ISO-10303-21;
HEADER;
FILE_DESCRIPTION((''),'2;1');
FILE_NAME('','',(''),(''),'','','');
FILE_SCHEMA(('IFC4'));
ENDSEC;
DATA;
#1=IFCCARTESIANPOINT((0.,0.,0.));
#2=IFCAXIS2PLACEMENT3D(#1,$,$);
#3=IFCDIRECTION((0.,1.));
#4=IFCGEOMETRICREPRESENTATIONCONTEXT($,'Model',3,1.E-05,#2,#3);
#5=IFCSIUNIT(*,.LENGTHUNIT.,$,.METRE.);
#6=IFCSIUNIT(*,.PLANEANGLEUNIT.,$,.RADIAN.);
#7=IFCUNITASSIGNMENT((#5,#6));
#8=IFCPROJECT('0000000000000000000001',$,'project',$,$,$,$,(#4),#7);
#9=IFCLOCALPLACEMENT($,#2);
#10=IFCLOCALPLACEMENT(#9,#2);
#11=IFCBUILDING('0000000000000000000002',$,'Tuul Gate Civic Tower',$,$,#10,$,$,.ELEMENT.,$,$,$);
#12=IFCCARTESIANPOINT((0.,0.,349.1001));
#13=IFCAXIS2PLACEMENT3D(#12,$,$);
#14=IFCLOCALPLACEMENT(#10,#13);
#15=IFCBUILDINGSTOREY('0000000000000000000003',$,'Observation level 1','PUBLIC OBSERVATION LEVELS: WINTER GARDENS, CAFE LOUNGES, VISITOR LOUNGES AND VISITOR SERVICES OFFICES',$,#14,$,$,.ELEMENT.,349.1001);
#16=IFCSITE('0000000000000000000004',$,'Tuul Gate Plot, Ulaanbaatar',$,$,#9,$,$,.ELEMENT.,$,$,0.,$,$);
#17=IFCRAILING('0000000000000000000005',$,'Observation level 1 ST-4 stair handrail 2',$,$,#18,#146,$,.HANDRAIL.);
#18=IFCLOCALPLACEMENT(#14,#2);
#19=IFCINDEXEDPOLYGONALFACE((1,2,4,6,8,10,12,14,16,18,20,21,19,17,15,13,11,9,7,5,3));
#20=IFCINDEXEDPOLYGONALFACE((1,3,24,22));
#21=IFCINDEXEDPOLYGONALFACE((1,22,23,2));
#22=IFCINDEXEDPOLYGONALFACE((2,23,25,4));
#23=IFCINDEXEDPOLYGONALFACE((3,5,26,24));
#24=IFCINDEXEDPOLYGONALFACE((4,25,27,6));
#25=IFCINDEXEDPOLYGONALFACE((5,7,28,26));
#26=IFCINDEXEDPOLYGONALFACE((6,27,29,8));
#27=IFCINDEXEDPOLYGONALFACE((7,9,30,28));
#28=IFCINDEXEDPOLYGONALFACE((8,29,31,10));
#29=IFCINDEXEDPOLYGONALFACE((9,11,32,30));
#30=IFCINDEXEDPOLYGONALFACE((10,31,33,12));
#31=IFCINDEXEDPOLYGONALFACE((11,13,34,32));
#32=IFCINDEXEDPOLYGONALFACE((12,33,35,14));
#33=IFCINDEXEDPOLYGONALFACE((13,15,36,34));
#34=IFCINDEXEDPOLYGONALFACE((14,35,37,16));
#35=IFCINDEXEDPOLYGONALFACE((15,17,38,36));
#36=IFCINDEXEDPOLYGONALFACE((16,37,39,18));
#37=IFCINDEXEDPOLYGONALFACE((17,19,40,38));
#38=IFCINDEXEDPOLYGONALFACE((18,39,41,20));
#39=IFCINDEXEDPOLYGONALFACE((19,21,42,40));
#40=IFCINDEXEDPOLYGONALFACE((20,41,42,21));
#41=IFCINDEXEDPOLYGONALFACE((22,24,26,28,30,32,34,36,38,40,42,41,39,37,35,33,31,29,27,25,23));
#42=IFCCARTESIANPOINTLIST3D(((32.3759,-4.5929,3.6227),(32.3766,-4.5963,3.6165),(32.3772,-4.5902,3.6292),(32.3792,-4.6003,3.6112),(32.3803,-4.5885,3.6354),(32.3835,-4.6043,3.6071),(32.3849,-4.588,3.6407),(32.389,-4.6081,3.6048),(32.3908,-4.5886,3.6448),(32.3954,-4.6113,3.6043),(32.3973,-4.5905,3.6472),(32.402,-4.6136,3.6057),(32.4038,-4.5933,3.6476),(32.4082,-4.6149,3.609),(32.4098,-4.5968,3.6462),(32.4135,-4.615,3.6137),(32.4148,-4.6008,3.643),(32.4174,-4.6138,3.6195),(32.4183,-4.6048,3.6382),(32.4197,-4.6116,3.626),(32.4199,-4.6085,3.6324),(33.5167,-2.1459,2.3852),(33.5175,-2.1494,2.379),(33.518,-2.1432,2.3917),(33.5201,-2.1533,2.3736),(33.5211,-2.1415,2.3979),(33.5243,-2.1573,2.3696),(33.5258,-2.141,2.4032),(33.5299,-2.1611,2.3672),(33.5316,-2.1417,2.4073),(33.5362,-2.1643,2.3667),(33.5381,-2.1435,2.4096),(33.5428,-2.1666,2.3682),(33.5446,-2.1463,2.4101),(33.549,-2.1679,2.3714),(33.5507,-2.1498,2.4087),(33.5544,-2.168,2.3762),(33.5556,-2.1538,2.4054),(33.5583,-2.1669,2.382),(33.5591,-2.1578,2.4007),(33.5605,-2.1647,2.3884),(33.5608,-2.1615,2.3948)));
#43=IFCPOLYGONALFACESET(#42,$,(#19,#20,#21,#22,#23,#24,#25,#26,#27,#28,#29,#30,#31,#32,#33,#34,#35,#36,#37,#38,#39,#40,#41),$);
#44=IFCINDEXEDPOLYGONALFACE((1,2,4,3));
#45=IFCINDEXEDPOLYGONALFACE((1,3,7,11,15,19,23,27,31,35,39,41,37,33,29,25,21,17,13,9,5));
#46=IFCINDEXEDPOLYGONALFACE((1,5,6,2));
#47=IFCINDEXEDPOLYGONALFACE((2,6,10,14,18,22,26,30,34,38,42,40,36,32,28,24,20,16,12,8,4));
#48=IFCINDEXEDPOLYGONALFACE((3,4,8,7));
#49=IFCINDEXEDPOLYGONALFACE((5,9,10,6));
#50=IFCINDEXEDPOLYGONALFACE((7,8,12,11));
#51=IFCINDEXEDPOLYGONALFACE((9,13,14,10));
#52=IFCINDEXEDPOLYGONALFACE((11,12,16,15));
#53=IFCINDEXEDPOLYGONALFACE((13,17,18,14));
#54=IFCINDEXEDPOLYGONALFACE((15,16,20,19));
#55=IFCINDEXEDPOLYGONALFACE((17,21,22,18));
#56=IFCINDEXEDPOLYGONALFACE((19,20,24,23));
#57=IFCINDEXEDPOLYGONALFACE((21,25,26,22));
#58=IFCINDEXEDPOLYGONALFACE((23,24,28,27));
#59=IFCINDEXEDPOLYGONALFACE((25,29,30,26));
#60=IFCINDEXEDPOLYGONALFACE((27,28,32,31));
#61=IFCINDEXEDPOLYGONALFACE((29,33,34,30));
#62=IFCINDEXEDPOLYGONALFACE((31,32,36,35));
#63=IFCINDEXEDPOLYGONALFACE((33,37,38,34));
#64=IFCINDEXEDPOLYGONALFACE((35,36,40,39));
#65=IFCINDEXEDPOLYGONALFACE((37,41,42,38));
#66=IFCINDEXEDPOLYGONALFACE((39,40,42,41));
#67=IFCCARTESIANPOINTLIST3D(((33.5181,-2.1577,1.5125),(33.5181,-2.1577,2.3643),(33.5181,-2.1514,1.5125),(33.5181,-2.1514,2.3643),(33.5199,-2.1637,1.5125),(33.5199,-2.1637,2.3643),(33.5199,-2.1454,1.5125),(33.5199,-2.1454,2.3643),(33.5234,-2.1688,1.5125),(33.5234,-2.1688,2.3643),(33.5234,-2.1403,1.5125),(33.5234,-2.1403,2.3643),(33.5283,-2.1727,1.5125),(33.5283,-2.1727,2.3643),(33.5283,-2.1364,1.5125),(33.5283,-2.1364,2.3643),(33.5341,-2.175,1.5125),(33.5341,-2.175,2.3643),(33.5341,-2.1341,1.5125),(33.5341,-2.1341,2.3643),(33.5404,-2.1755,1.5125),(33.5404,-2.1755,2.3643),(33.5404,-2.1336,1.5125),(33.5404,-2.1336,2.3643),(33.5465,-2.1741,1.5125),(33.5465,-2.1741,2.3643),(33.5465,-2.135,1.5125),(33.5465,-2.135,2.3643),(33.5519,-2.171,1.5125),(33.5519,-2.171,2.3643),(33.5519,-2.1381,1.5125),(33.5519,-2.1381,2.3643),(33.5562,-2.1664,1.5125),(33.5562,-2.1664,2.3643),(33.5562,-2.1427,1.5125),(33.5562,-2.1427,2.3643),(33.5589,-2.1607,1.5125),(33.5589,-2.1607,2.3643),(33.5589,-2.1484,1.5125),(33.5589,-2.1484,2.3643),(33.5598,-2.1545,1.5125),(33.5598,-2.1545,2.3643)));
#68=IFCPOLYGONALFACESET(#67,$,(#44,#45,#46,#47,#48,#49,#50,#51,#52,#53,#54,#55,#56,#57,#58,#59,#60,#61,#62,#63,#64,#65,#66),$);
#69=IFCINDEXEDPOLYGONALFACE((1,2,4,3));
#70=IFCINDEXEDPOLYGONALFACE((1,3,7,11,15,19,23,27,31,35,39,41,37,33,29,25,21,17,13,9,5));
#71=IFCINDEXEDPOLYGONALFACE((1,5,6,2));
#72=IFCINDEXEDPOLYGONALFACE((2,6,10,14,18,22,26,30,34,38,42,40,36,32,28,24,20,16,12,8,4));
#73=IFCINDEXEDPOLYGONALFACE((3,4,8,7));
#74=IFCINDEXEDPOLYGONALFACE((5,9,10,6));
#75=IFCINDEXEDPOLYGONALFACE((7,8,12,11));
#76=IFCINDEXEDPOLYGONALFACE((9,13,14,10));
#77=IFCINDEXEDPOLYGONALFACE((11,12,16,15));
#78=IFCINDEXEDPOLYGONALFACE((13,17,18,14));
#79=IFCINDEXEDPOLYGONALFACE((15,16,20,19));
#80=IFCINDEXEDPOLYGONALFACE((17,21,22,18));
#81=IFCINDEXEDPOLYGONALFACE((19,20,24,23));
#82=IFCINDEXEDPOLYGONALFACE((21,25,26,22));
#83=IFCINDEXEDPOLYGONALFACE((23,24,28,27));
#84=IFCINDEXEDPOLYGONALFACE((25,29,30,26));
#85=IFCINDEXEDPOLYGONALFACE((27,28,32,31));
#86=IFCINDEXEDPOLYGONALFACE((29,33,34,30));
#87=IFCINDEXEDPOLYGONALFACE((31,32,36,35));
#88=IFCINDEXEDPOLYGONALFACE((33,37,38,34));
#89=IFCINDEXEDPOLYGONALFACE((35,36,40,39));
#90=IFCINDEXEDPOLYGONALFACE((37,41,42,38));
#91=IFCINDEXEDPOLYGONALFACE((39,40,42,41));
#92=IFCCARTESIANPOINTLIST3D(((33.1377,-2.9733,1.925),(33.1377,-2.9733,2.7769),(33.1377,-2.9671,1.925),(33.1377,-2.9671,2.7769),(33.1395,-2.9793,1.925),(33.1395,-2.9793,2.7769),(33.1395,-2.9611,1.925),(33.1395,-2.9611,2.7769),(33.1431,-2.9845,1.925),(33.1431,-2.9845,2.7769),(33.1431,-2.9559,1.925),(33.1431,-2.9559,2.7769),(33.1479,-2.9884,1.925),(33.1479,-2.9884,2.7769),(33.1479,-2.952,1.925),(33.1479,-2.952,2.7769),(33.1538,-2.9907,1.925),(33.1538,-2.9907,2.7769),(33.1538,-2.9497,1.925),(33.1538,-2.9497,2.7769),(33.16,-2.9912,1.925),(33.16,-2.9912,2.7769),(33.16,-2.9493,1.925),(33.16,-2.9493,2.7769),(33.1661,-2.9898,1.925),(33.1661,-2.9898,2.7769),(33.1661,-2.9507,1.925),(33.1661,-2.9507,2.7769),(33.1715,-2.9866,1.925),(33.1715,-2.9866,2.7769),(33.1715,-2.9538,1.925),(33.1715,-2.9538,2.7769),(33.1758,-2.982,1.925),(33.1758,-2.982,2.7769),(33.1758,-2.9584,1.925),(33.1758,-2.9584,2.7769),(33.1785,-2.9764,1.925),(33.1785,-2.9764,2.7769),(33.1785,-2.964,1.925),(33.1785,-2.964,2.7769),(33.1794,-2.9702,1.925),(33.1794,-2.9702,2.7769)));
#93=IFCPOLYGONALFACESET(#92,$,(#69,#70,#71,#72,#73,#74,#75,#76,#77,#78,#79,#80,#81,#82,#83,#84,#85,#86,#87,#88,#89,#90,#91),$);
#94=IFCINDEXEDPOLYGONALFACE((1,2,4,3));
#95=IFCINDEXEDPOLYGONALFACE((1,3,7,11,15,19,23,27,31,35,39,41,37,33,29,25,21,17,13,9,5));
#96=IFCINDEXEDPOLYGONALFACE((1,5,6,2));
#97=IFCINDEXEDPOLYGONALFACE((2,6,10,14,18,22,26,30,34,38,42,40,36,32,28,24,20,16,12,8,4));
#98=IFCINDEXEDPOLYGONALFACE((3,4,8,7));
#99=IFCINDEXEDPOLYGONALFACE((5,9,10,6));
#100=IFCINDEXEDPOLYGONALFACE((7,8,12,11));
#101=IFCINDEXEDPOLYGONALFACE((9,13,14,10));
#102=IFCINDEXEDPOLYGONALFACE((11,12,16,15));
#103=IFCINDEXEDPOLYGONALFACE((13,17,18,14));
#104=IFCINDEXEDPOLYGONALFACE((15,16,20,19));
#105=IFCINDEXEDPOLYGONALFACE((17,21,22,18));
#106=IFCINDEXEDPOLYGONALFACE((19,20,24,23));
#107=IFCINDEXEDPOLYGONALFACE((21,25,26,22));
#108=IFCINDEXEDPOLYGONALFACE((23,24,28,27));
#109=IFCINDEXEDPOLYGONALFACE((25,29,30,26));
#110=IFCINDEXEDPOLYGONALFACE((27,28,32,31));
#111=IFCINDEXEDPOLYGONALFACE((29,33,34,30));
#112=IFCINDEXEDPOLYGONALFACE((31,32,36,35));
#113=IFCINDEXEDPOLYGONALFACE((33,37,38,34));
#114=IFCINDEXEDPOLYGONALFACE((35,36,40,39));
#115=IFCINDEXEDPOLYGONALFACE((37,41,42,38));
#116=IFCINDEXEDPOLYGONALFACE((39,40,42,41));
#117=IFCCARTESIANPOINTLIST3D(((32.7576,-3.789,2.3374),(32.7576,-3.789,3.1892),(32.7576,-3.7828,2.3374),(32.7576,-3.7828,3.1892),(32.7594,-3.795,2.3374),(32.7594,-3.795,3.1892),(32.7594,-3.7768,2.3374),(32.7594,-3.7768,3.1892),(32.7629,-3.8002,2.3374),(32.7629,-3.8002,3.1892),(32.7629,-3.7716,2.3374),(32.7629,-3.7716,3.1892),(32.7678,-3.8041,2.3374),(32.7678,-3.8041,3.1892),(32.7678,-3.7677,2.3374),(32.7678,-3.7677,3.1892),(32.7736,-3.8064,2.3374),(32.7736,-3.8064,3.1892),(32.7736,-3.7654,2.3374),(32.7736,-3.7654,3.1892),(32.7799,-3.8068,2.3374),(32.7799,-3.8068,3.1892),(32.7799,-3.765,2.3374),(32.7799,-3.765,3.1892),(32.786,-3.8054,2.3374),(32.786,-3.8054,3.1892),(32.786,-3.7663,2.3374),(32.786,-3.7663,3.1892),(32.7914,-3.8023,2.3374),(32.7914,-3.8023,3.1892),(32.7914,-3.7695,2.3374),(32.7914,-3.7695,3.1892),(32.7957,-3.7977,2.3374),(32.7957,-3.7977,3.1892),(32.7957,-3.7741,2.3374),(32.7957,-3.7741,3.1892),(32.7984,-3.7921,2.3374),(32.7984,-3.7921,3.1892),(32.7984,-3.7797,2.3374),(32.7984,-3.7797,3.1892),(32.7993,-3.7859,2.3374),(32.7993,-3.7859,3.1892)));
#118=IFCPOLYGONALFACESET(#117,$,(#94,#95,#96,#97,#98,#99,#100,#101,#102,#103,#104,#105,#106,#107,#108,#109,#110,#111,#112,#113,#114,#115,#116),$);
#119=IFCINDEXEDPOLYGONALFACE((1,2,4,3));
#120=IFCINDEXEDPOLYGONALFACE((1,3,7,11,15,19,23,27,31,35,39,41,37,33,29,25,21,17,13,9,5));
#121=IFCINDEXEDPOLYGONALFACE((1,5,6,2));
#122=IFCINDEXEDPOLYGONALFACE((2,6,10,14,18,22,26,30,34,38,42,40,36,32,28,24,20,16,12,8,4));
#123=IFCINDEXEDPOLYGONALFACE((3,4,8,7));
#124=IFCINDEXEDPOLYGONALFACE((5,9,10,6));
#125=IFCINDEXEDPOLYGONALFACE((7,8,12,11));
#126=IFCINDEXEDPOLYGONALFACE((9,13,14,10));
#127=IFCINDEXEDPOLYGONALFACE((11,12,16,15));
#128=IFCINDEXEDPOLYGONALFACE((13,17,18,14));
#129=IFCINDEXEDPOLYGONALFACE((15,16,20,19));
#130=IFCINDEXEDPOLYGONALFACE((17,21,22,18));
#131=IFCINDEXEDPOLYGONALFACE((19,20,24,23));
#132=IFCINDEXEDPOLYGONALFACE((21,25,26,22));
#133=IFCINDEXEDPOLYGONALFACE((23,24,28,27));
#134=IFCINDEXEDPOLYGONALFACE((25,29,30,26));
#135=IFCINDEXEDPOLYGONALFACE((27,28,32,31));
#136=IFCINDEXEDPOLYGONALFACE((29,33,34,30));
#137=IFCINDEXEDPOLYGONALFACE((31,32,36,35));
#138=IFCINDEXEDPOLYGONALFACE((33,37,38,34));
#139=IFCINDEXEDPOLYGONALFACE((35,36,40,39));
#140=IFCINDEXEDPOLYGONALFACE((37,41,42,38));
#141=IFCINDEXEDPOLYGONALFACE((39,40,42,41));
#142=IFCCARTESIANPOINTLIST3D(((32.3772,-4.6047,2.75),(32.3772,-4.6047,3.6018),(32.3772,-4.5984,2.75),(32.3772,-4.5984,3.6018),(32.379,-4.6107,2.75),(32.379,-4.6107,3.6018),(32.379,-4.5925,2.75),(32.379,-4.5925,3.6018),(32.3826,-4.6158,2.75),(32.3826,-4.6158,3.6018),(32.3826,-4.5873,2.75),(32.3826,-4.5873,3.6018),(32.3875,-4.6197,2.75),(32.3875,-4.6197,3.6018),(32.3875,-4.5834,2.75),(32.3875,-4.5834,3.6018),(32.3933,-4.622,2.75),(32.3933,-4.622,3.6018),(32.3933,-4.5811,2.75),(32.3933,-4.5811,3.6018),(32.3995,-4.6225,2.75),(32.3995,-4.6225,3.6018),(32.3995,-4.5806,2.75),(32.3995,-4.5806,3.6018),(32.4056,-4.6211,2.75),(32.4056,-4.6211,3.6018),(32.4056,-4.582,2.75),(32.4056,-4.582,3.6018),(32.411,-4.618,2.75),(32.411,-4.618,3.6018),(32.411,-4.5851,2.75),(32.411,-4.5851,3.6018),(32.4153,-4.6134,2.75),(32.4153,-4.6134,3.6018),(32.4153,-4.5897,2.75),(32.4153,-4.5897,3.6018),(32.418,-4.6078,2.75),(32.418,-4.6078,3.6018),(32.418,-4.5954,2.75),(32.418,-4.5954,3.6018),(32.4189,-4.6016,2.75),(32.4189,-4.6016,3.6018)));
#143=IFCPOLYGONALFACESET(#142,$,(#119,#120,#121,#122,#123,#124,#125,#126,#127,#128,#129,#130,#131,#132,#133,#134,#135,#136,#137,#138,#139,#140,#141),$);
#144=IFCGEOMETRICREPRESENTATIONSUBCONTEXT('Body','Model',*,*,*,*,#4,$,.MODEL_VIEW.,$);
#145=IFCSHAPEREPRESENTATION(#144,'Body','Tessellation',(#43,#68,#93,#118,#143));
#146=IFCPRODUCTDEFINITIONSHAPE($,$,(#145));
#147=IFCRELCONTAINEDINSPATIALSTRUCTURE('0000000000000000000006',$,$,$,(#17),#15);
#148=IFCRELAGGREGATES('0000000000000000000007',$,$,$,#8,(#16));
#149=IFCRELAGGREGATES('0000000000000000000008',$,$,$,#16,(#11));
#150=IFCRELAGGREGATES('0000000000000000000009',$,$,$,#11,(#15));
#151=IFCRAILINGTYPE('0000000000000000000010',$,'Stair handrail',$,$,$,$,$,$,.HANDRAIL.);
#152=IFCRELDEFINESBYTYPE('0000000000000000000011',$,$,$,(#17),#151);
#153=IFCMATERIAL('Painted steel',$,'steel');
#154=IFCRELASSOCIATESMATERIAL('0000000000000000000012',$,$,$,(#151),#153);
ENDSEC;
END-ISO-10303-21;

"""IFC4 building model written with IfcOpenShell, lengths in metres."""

from ifc_helpers import new_model, si_unit, direction, frame, origin, origin_2d, place, context, subcontext, project, spatial, circle, extrude, material, type_object, element, save


model = new_model("IFC4")

# Units and contexts
model_context = context("Model", 3, precision=1e-05, world=origin(), true_north=direction((0.0, 1.0)))
body_context = subcontext(model_context, "Body", "Model", "MODEL_VIEW")
ifc_project = project(units=[si_unit("LENGTHUNIT", "METRE"), si_unit("PLANEANGLEUNIT", "RADIAN")], contexts=[model_context])

# Site, building, storey
site_placement = place(None, origin())
site = spatial("IfcSite", under=ifc_project, at=site_placement, Name="Tuul Gate Plot, Ulaanbaatar", CompositionType="ELEMENT", RefElevation=0.0)
building_placement = place(site_placement, origin())
building = spatial("IfcBuilding", under=site, at=building_placement, Name="Tuul Gate Civic Tower", CompositionType="ELEMENT")
storey_placement = place(building_placement, frame((0.0, 0.0, 349.1001)))
storey = spatial("IfcBuildingStorey", under=building, at=storey_placement, Name="Observation level 1", Description="PUBLIC OBSERVATION LEVELS: WINTER GARDENS, CAFE LOUNGES, VISITOR LOUNGES AND VISITOR SERVICES OFFICES", CompositionType="ELEMENT", Elevation=349.1001)

# Railing
ifc_material_1 = material(Name="Painted steel", Category="steel")
railing_type_1 = type_object("IfcRailingType", Name="Stair handrail", PredefinedType="HANDRAIL", material=ifc_material_1)
for number, where, name in (
    (1, (33.5388, -2.1545, 1.5125), "Observation level 1 ST-4 stair handrail 2"),
):
    element("IfcRailing", number, at=place(storey_placement, frame(where)), inside=storey, type_object=railing_type_1, Name=name, PredefinedType="HANDRAIL", context=body_context, shape_type="SweptSolid", body=[
        extrude(circle(Radius=0.0239, at=origin_2d()), frame((0.0, 0.0, 0.876), z_axis=(-0.384128, -0.823907, 0.41668), x_axis=(0.906336, -0.422559, 0.0)), (0.0, 0.0, 1.0), 2.97),
        extrude(circle(Radius=0.021, at=origin_2d()), origin(), (0.0, 0.0, 1.0), 0.8518),
        extrude(circle(Radius=0.021, at=origin_2d()), frame((-0.3804, -0.8157, 0.4126)), (0.0, 0.0, 1.0), 0.8518),
        extrude(circle(Radius=0.021, at=origin_2d()), frame((-0.7605, -1.6313, 0.825)), (0.0, 0.0, 1.0), 0.8518),
        extrude(circle(Radius=0.021, at=origin_2d()), frame((-1.1409, -2.447, 1.2375)), (0.0, 0.0, 1.0), 0.8518),
    ])

save(model, "model.ifc")
